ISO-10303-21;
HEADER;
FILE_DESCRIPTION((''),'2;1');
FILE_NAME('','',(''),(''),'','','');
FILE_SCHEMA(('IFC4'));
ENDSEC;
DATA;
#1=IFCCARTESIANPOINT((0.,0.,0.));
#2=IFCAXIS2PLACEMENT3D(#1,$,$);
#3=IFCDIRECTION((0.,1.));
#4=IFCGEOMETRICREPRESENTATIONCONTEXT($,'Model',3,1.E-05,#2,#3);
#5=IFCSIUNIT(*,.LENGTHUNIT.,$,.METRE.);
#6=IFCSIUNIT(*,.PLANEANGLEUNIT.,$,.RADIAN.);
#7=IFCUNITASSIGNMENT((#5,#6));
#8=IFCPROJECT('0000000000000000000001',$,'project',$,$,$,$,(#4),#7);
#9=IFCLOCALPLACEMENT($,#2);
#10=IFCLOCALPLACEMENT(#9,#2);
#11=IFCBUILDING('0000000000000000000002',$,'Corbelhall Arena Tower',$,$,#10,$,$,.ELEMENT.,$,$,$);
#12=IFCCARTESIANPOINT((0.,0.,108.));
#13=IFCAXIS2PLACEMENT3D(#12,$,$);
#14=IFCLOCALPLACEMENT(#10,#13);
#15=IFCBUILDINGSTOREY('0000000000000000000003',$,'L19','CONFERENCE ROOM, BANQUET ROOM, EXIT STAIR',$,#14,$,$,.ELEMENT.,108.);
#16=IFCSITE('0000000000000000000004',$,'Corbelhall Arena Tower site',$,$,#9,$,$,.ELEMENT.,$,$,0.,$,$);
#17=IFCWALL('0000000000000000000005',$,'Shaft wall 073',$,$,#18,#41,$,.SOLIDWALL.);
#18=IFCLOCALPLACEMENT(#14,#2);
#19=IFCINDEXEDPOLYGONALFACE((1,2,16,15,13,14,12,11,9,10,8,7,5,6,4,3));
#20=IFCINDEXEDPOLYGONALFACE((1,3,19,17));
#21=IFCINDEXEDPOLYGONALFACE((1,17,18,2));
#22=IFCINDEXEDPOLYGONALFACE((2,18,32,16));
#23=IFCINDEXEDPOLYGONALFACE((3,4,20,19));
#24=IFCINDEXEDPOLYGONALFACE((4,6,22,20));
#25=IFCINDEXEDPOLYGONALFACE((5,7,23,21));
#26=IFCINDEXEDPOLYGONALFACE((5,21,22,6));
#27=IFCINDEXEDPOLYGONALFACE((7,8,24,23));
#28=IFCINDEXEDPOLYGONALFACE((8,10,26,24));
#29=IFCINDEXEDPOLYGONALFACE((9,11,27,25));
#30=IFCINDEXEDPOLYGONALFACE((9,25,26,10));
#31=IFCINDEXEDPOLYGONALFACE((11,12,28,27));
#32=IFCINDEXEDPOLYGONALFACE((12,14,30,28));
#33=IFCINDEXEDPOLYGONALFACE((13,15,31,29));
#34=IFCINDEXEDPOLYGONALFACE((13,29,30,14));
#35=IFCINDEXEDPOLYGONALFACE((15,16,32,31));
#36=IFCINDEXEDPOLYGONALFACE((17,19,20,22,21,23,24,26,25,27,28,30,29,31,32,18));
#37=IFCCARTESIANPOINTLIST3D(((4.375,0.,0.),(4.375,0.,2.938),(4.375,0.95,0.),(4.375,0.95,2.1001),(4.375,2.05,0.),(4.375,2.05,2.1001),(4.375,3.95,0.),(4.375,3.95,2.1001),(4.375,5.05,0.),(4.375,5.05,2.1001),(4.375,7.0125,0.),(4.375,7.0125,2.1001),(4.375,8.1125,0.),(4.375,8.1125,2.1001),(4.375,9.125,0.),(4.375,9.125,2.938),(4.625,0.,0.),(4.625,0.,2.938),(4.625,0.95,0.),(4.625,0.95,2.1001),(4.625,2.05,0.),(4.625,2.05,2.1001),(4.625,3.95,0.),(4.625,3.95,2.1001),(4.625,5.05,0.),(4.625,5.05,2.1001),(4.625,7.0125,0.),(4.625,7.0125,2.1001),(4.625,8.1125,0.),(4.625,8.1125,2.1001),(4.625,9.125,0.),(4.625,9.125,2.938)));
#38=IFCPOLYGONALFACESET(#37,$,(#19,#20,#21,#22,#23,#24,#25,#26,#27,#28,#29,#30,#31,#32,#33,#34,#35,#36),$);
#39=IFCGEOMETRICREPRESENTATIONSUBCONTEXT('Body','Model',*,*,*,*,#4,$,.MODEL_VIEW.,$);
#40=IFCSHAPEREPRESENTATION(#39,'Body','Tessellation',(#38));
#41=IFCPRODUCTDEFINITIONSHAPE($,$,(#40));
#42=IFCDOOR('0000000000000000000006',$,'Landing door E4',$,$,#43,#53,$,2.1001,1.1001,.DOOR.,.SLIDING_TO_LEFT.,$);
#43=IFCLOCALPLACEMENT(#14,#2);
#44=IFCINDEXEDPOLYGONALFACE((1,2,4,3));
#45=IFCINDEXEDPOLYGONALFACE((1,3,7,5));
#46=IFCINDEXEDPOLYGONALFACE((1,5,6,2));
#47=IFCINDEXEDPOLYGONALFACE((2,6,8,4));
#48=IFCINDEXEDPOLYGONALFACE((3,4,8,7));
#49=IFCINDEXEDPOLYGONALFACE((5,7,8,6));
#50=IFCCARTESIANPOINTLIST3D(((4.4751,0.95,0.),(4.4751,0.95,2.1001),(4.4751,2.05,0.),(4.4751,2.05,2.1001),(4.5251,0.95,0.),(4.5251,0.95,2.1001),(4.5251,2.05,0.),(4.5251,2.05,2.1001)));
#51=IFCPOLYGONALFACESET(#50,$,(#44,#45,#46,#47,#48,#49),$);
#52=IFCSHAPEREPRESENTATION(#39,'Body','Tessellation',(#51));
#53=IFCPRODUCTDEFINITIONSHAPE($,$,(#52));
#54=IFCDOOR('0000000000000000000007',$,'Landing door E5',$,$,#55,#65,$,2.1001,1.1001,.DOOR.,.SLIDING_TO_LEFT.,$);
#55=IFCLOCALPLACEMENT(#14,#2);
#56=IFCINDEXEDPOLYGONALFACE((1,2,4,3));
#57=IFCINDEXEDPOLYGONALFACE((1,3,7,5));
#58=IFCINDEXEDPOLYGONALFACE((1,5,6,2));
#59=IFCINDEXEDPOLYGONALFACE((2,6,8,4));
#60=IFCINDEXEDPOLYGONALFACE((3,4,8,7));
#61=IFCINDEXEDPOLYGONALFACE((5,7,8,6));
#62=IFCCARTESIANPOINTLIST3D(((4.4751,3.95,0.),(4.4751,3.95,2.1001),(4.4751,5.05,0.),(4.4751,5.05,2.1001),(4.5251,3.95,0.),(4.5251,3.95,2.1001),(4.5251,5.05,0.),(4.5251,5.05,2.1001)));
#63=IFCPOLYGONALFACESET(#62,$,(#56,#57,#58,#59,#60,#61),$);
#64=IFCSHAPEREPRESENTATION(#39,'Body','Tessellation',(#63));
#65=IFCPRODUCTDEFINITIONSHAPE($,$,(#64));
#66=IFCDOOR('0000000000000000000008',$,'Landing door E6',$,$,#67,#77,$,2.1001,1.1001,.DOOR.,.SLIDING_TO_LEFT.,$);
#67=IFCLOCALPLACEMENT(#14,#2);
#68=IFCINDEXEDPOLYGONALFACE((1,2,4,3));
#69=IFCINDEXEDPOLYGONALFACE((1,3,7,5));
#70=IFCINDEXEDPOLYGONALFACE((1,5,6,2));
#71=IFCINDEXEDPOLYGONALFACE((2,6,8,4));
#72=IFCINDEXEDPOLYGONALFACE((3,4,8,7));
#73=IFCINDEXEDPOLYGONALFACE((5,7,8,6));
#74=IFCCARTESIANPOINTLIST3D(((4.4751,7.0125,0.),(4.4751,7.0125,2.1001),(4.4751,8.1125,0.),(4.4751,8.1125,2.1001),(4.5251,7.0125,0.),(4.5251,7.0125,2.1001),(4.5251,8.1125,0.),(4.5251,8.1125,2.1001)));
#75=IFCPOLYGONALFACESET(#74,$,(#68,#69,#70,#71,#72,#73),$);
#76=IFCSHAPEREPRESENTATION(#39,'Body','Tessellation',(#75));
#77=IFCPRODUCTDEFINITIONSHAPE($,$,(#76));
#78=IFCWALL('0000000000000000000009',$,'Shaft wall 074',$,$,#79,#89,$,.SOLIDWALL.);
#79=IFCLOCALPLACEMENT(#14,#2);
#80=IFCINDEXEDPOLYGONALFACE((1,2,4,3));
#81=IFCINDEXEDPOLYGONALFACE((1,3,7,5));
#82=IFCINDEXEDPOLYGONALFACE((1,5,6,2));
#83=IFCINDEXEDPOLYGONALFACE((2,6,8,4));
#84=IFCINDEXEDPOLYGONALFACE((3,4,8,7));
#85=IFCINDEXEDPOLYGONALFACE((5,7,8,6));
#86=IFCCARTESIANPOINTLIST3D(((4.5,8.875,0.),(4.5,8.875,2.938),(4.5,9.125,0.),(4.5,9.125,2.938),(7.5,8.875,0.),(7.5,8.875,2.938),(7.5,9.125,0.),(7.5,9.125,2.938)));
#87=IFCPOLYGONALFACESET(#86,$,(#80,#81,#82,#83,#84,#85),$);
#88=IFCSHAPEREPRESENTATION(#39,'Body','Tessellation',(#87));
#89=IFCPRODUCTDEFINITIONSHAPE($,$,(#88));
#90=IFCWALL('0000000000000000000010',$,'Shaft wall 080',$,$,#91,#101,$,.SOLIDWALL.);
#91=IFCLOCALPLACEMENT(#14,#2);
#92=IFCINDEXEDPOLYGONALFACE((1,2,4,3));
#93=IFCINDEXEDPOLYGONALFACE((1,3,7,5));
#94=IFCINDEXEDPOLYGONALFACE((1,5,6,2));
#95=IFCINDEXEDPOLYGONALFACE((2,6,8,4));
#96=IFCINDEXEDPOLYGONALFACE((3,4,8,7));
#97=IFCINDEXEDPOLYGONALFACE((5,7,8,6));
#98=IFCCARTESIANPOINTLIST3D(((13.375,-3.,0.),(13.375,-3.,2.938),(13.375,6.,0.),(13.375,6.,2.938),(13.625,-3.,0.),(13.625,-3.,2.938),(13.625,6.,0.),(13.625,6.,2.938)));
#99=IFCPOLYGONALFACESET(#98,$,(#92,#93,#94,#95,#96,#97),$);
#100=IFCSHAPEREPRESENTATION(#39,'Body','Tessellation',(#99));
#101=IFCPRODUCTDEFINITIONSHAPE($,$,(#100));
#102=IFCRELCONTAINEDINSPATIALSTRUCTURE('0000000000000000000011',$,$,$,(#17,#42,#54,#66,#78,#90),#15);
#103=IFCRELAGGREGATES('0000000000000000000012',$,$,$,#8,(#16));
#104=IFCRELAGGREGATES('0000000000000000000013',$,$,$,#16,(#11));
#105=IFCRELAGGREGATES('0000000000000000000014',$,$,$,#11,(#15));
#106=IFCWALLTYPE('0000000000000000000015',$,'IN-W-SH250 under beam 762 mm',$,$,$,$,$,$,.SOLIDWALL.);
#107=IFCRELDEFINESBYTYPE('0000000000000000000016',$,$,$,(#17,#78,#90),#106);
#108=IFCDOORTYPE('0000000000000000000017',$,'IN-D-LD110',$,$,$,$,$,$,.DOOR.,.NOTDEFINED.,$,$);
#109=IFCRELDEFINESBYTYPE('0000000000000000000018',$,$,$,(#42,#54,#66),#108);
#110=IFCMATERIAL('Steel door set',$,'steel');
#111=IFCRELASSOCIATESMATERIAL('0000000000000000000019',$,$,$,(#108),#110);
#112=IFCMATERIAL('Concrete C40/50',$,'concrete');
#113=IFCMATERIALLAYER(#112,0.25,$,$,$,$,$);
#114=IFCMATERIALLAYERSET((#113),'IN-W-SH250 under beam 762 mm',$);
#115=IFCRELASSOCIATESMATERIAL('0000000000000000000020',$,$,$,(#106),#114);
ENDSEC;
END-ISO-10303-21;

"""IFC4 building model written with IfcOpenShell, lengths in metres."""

from ifc_helpers import new_model, si_unit, direction, frame, frame_2d, origin, place, context, subcontext, project, spatial, rectangle, extrude, material, layer, layer_set, type_object, element, fill, save


model = new_model("IFC4")

# Units and contexts
model_context = context("Model", 3, precision=1e-05, world=origin(), true_north=direction((0.0, 1.0)))
body_context = subcontext(model_context, "Body", "Model", "MODEL_VIEW")
ifc_project = project(units=[si_unit("LENGTHUNIT", "METRE"), si_unit("PLANEANGLEUNIT", "RADIAN")], contexts=[model_context])

# Site, building, storey
site_placement = place(None, origin())
site = spatial("IfcSite", under=ifc_project, at=site_placement, Name="Corbelhall Arena Tower site", CompositionType="ELEMENT", RefElevation=0.0)
building_placement = place(site_placement, origin())
building = spatial("IfcBuilding", under=site, at=building_placement, Name="Corbelhall Arena Tower", CompositionType="ELEMENT")
storey_placement = place(building_placement, frame((0.0, 0.0, 108.0)))
storey = spatial("IfcBuildingStorey", under=building, at=storey_placement, Name="L19", Description="CONFERENCE ROOM, BANQUET ROOM, EXIT STAIR", CompositionType="ELEMENT", Elevation=108.0)

# Shared definitions
ifc_material_1 = material(Name="Concrete C40/50", Category="concrete")

# Shared definitions
ifc_material_2 = material(Name="Steel door set", Category="steel")

# Shared definitions
door_type_1 = type_object("IfcDoorType", Name="IN-D-LD110", OperationType="NOTDEFINED", PredefinedType="DOOR", material=ifc_material_2)

# Wall, openings, doors
ifc_layer_1 = layer(ifc_material_1, 0.25)
ifc_layer_set_1 = layer_set([ifc_layer_1], Name="IN-W-SH250 under beam 762 mm")
wall_type_1 = type_object("IfcWallType", Name="IN-W-SH250 under beam 762 mm", PredefinedType="SOLIDWALL", material=ifc_layer_set_1)
wall_1_placement = place(storey_placement, frame((4.5, 0.0, 0.0), z_axis=(0.0, 0.0, 1.0), x_axis=(0.0, 1.0, 0.0)))
wall_1 = element("IfcWall", 1, at=wall_1_placement, inside=storey, type_object=wall_type_1, Name="Shaft wall 073", PredefinedType="SOLIDWALL", context=body_context, shape_type="SweptSolid", body=[
    extrude(rectangle(XDim=9.125, YDim=0.25, at=frame_2d((4.5625, 0.0))), origin(), (0.0, 0.0, 1.0), 2.938),
])
opening_1_placement = place(wall_1_placement, frame((0.95, 0.0, 0.0)))
opening_1 = element("IfcOpeningElement", 2, at=opening_1_placement, cuts=wall_1, PredefinedType="OPENING", context=body_context, shape_type="SweptSolid", body=[
    extrude(rectangle(XDim=1.1001, YDim=2.1001, at=frame_2d((0.55, 1.05))), frame((0.0, 0.125, 0.0), z_axis=(0.0, -1.0, 0.0), x_axis=(1.0, 0.0, 0.0)), (0.0, 0.0, 1.0), 0.25),
])
opening_2_placement = place(wall_1_placement, frame((3.95, 0.0, 0.0)))
opening_2 = element("IfcOpeningElement", 3, at=opening_2_placement, cuts=wall_1, PredefinedType="OPENING", context=body_context, shape_type="SweptSolid", body=[
    extrude(rectangle(XDim=1.1001, YDim=2.1001, at=frame_2d((0.55, 1.05))), frame((0.0, 0.125, 0.0), z_axis=(0.0, -1.0, 0.0), x_axis=(1.0, 0.0, 0.0)), (0.0, 0.0, 1.0), 0.25),
])
opening_3_placement = place(wall_1_placement, frame((7.0125, 0.0, 0.0)))
opening_3 = element("IfcOpeningElement", 4, at=opening_3_placement, cuts=wall_1, PredefinedType="OPENING", context=body_context, shape_type="SweptSolid", body=[
    extrude(rectangle(XDim=1.1001, YDim=2.1001, at=frame_2d((0.55, 1.05))), frame((0.0, 0.125, 0.0), z_axis=(0.0, -1.0, 0.0), x_axis=(1.0, 0.0, 0.0)), (0.0, 0.0, 1.0), 0.25),
])
door_1_placement = place(opening_1_placement, origin())
door_1 = element("IfcDoor", 5, at=door_1_placement, inside=storey, type_object=door_type_1, Name="Landing door E4", OperationType="SLIDING_TO_LEFT", OverallHeight=2.1001, OverallWidth=1.1001, PredefinedType="DOOR", context=body_context, shape_type="SweptSolid", body=[
    extrude(rectangle(XDim=1.1001, YDim=2.1001, at=frame_2d((0.55, 1.05))), frame((0.0, 0.0249, 0.0), z_axis=(0.0, -1.0, 0.0), x_axis=(1.0, 0.0, 0.0)), (0.0, 0.0, 1.0), 0.05),
])
fill(opening_1, door_1)
door_2_placement = place(opening_2_placement, origin())
door_2 = element("IfcDoor", 6, at=door_2_placement, inside=storey, type_object=door_type_1, Name="Landing door E5", OperationType="SLIDING_TO_LEFT", OverallHeight=2.1001, OverallWidth=1.1001, PredefinedType="DOOR", context=body_context, shape_type="SweptSolid", body=[
    extrude(rectangle(XDim=1.1001, YDim=2.1001, at=frame_2d((0.55, 1.05))), frame((0.0, 0.0249, 0.0), z_axis=(0.0, -1.0, 0.0), x_axis=(1.0, 0.0, 0.0)), (0.0, 0.0, 1.0), 0.05),
])
fill(opening_2, door_2)
door_3_placement = place(opening_3_placement, origin())
door_3 = element("IfcDoor", 7, at=door_3_placement, inside=storey, type_object=door_type_1, Name="Landing door E6", OperationType="SLIDING_TO_LEFT", OverallHeight=2.1001, OverallWidth=1.1001, PredefinedType="DOOR", context=body_context, shape_type="SweptSolid", body=[
    extrude(rectangle(XDim=1.1001, YDim=2.1001, at=frame_2d((0.55, 1.05))), frame((0.0, 0.0249, 0.0), z_axis=(0.0, -1.0, 0.0), x_axis=(1.0, 0.0, 0.0)), (0.0, 0.0, 1.0), 0.05),
])
fill(opening_3, door_3)

# Walls
wall_2_placement = place(storey_placement, frame((4.5, 9.0, 0.0), z_axis=(0.0, 0.0, 1.0), x_axis=(1.0, 0.0, 0.0)))
element("IfcWall", 8, at=wall_2_placement, inside=storey, type_object=wall_type_1, Name="Shaft wall 074", PredefinedType="SOLIDWALL", context=body_context, shape_type="SweptSolid", body=[
    extrude(rectangle(XDim=3.0, YDim=0.25, at=frame_2d((1.5, 0.0))), origin(), (0.0, 0.0, 1.0), 2.938),
])
wall_3_placement = place(storey_placement, frame((13.5, 6.0, 0.0), z_axis=(0.0, 0.0, 1.0), x_axis=(0.0, -1.0, 0.0)))
element("IfcWall", 9, at=wall_3_placement, inside=storey, type_object=wall_type_1, Name="Shaft wall 080", PredefinedType="SOLIDWALL", context=body_context, shape_type="SweptSolid", body=[
    extrude(rectangle(XDim=9.0, YDim=0.25, at=frame_2d((4.5, 0.0))), origin(), (0.0, 0.0, 1.0), 2.938),
])

save(model, "model.ifc")
